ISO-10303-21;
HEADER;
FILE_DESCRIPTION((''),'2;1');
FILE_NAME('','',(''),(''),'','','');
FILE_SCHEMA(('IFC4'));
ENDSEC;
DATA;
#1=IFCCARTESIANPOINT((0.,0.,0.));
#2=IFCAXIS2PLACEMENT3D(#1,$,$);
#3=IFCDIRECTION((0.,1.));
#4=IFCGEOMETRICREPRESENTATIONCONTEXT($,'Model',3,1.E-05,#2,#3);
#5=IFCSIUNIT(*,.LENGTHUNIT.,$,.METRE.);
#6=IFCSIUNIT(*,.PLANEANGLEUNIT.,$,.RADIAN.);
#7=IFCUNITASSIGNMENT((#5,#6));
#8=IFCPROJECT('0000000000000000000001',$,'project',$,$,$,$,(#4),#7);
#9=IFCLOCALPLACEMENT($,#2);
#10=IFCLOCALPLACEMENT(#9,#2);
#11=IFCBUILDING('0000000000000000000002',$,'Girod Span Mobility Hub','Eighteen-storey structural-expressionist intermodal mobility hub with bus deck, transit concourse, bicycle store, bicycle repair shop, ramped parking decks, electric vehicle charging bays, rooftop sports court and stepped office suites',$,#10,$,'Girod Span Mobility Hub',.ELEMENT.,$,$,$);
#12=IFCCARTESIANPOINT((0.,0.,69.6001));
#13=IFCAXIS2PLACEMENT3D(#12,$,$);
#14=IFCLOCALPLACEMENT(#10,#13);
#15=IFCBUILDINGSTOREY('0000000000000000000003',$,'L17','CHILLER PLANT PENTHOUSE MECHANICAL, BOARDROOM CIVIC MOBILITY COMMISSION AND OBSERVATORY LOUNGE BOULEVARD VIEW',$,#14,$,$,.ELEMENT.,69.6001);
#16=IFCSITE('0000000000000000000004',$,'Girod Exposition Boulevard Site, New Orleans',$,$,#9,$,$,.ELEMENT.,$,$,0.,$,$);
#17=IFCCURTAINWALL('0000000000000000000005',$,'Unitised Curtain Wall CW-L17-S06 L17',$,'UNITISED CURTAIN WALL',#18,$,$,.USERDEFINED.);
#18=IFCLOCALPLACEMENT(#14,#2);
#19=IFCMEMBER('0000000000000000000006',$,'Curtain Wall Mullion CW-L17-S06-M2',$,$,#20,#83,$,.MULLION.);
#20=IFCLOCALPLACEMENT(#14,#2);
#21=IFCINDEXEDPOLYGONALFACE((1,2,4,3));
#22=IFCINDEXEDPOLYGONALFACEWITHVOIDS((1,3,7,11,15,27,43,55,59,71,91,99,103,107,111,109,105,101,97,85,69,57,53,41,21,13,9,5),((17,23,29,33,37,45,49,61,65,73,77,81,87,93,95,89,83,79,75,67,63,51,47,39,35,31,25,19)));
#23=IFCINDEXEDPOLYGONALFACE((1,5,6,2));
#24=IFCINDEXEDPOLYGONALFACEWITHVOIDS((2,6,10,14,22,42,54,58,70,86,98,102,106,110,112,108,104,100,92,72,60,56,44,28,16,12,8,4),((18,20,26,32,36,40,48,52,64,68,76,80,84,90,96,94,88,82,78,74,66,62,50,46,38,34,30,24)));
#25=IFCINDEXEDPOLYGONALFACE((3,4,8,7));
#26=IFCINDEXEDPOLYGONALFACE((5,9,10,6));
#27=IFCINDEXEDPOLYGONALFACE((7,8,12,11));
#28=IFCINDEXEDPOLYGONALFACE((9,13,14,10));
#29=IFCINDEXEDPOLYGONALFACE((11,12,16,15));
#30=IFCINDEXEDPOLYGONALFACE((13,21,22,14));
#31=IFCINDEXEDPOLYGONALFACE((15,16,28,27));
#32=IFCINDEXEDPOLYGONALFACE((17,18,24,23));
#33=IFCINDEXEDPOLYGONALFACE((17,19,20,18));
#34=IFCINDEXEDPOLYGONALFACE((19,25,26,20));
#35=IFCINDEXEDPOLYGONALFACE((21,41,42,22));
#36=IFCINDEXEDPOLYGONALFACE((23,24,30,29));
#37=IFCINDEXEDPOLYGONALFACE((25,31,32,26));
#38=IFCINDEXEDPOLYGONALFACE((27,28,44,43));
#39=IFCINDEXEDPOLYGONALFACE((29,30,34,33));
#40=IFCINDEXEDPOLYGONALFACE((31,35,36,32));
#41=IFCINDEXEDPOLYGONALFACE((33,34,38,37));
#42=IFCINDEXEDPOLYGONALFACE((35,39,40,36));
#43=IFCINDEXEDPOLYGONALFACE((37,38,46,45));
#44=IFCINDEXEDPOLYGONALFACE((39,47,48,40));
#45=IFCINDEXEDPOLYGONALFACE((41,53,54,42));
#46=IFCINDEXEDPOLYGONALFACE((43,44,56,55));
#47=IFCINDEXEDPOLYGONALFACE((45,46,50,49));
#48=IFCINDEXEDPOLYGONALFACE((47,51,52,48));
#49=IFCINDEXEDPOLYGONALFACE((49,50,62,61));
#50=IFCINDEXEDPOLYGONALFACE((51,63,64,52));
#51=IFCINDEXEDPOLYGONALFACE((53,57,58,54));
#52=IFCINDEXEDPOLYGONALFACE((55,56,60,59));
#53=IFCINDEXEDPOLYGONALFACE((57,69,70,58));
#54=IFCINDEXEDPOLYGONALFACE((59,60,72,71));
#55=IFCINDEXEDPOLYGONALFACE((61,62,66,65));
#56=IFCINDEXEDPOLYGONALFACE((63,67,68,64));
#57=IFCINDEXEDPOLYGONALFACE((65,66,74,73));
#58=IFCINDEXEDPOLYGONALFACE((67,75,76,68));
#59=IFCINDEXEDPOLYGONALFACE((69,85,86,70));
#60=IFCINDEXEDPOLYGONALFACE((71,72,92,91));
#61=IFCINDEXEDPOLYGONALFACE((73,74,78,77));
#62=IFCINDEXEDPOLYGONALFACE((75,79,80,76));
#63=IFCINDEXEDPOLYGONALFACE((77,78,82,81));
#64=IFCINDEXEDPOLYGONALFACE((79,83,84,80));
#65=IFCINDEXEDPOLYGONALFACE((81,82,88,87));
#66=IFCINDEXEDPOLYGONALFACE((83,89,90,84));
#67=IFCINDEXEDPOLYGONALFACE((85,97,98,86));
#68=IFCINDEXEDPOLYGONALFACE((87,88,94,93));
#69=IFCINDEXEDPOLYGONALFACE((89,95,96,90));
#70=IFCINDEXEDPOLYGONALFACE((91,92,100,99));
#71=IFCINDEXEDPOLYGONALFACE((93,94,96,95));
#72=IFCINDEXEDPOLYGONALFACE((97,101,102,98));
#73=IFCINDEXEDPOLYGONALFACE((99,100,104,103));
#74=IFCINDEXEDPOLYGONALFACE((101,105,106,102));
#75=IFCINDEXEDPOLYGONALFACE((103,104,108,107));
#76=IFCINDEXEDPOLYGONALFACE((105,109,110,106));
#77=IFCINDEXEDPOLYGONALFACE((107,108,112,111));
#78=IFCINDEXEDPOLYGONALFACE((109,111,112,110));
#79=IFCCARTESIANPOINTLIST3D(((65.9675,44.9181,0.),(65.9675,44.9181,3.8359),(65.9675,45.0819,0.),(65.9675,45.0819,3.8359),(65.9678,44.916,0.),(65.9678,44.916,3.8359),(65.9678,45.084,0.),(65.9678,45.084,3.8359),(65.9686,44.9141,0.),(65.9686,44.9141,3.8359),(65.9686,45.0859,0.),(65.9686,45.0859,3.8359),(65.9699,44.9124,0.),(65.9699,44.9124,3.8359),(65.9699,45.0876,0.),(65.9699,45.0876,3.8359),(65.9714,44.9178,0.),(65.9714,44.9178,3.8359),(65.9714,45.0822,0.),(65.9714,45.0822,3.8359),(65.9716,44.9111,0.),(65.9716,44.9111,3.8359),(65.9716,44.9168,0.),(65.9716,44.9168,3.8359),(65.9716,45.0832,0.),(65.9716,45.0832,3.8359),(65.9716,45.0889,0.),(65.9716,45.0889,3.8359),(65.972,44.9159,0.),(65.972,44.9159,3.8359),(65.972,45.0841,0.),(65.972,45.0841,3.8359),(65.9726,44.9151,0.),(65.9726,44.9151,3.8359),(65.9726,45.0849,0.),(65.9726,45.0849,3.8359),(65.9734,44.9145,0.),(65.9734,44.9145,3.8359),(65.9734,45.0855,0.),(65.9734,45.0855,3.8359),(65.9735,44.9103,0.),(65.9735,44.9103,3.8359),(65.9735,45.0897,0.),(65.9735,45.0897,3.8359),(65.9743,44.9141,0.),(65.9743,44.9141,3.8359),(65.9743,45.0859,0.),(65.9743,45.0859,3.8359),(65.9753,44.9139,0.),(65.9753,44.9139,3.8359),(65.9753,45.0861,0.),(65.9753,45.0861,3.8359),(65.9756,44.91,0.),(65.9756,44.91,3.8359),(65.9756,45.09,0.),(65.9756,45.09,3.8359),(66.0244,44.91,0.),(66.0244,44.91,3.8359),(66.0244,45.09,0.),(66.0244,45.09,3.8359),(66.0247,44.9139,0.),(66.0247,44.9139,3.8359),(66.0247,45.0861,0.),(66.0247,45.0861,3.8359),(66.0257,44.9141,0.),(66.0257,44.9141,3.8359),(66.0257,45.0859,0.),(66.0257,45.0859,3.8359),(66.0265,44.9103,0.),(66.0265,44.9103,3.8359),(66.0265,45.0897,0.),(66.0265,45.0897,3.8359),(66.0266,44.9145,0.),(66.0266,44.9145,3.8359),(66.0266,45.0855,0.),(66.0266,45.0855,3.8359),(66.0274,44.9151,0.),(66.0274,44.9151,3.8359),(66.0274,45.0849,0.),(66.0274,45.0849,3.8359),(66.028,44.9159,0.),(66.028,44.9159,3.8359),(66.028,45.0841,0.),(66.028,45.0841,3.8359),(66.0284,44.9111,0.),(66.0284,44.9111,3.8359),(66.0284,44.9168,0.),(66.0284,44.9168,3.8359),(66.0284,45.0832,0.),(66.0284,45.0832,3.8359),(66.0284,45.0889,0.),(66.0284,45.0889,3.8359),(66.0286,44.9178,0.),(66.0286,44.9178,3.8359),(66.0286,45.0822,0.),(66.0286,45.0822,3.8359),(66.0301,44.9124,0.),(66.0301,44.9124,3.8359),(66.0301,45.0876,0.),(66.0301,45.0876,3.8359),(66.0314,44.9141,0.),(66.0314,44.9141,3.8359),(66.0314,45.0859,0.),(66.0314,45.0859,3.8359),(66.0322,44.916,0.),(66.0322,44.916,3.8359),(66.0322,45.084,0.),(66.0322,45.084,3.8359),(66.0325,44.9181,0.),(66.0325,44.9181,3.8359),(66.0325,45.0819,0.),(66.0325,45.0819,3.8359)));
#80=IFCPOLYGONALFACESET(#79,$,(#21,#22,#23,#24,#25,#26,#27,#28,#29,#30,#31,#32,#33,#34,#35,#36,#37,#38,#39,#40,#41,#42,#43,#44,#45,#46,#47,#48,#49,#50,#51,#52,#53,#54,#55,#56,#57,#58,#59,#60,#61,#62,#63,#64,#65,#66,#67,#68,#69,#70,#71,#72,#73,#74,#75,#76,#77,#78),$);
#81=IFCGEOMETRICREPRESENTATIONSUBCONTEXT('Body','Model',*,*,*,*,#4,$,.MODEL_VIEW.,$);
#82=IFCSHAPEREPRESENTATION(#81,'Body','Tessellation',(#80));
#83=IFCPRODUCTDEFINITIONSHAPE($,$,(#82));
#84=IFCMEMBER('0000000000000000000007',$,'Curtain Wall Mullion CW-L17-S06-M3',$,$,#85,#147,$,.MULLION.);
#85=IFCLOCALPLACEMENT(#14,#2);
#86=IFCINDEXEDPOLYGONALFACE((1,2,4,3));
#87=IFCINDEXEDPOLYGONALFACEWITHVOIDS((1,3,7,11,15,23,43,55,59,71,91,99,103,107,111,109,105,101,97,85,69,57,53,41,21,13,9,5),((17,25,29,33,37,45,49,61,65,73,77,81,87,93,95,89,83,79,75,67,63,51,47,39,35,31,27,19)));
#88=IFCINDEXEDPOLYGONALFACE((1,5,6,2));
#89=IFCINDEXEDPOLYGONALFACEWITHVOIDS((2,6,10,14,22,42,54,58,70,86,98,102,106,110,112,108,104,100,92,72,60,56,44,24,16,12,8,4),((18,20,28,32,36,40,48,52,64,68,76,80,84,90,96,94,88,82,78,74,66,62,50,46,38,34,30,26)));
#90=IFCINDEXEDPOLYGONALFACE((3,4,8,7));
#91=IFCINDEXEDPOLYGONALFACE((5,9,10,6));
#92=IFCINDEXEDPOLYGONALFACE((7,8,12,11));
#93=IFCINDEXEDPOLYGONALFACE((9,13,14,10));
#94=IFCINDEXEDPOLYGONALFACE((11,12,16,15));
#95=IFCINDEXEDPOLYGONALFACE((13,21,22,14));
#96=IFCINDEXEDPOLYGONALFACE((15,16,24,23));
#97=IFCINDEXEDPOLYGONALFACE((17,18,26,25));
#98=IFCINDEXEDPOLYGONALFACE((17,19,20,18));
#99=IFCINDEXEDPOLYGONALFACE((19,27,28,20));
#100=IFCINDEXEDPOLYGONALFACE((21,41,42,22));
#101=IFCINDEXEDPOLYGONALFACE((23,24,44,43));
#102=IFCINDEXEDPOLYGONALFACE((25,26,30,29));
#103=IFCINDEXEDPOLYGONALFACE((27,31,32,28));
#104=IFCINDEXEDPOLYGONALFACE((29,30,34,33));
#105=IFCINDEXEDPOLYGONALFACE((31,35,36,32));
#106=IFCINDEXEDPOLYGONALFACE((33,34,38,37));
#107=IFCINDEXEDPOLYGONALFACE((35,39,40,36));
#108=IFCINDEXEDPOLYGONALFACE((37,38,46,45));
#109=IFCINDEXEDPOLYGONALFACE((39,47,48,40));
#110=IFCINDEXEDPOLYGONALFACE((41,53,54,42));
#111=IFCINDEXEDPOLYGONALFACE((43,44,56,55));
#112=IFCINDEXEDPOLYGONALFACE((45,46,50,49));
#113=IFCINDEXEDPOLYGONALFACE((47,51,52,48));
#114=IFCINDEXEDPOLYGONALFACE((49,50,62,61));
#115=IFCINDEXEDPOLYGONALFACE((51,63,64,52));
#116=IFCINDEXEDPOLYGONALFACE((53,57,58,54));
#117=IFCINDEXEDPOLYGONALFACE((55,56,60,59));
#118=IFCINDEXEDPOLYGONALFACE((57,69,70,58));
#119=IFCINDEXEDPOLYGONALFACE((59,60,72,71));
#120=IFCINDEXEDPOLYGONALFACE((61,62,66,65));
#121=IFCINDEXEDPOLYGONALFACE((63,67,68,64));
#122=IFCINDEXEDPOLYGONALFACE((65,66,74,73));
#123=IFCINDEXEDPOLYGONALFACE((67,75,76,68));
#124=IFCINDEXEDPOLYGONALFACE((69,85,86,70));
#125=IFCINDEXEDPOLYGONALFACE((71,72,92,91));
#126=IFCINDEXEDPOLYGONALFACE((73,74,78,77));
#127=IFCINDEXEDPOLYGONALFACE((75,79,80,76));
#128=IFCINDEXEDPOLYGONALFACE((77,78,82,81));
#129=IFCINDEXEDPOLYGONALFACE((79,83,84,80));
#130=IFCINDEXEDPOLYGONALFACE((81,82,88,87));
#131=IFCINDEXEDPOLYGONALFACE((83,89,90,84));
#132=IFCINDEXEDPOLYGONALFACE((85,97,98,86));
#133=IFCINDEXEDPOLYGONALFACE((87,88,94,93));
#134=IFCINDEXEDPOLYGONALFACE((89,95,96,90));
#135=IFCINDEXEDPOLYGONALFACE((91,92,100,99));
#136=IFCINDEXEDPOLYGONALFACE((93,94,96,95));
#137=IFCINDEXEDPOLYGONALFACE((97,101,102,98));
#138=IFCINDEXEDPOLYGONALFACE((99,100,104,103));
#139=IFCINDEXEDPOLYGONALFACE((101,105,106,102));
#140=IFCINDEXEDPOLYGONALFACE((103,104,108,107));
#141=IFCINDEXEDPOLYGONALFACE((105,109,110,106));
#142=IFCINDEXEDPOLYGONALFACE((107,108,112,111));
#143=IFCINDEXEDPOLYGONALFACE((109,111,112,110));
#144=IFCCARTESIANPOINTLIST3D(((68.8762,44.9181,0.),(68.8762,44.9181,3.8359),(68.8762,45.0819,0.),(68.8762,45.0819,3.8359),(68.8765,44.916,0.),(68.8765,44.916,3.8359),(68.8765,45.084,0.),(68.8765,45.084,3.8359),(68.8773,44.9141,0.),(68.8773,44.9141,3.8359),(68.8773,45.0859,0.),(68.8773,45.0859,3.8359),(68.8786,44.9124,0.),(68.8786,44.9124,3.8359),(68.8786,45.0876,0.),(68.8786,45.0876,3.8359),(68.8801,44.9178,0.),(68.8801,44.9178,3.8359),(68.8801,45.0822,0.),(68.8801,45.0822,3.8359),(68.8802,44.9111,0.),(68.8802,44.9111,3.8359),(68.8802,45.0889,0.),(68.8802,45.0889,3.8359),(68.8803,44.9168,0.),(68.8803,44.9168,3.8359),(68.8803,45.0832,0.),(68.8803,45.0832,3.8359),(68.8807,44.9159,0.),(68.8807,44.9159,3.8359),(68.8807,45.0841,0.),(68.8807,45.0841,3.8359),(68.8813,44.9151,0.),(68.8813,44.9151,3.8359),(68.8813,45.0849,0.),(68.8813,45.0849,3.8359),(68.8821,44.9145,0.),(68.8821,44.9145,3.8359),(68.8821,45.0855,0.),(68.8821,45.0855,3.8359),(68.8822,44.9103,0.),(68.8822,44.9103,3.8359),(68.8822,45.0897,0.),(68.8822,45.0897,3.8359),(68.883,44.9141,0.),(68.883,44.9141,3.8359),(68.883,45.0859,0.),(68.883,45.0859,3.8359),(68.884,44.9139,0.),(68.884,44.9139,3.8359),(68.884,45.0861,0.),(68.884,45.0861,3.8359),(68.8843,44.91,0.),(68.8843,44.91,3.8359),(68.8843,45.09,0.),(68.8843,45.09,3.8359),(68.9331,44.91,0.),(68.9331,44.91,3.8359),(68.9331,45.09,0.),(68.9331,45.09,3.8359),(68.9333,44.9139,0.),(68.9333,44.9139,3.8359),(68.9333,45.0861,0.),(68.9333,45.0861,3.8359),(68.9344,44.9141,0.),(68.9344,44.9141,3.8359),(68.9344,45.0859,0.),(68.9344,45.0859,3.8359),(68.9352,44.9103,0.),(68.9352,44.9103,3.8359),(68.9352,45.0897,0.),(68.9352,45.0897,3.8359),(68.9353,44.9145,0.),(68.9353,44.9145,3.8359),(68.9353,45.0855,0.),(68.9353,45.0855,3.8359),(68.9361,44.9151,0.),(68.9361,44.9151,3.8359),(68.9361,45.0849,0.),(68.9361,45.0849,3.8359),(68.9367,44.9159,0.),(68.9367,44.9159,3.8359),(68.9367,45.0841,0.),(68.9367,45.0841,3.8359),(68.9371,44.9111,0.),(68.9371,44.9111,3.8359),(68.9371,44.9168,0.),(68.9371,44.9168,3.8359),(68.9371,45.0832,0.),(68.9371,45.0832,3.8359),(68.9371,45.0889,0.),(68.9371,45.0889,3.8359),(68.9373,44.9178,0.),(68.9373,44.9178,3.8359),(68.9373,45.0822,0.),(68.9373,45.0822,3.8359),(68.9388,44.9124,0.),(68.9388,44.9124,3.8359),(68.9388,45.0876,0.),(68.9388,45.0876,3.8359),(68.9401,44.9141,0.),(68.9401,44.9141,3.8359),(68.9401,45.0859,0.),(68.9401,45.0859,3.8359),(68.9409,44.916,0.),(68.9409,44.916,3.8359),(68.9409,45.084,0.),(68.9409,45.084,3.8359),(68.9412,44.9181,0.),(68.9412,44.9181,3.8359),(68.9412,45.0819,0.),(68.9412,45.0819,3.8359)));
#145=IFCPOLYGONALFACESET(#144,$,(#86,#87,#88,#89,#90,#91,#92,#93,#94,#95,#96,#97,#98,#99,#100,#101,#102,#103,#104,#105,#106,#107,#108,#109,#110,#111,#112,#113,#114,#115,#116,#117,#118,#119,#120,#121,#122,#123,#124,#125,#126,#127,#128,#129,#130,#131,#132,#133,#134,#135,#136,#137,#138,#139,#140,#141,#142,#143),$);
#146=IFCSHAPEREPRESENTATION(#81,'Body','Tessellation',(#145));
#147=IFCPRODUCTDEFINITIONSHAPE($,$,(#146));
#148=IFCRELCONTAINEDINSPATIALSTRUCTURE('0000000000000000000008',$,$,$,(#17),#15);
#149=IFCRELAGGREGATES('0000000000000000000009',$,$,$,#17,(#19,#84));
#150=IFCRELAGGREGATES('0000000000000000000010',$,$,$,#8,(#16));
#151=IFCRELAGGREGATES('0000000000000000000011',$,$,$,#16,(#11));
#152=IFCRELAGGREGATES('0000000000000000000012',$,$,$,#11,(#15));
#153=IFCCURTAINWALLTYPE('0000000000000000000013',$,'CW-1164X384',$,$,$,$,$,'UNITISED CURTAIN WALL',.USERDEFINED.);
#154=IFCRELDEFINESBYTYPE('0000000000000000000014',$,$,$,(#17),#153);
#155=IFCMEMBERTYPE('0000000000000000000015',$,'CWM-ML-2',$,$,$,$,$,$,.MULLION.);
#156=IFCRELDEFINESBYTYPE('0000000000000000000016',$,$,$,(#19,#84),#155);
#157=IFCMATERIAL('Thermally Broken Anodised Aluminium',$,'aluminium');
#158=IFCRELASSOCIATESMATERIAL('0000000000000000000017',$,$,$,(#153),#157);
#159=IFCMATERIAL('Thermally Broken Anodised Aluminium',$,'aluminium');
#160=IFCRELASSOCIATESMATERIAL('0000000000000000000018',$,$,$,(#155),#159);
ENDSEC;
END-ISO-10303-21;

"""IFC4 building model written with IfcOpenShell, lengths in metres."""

from ifc_helpers import new_model, si_unit, direction, frame, origin, origin_2d, place, context, subcontext, project, spatial, hollow_rectangle, extrude, material, material_profile, profile_set, type_object, element, aggregate, save


model = new_model("IFC4")

# Units and contexts
model_context = context("Model", 3, precision=1e-05, world=origin(), true_north=direction((0.0, 1.0)))
body_context = subcontext(model_context, "Body", "Model", "MODEL_VIEW")
ifc_project = project(units=[si_unit("LENGTHUNIT", "METRE"), si_unit("PLANEANGLEUNIT", "RADIAN")], contexts=[model_context])

# Site, building, storey
site_placement = place(None, origin())
site = spatial("IfcSite", under=ifc_project, at=site_placement, Name="Girod Exposition Boulevard Site, New Orleans", CompositionType="ELEMENT", RefElevation=0.0)
building_placement = place(site_placement, origin())
building = spatial("IfcBuilding", under=site, at=building_placement, Name="Girod Span Mobility Hub", Description="Eighteen-storey structural-expressionist intermodal mobility hub with bus deck, transit concourse, bicycle store, bicycle repair shop, ramped parking decks, electric vehicle charging bays, rooftop sports court and stepped office suites", LongName="Girod Span Mobility Hub", CompositionType="ELEMENT")
storey_placement = place(building_placement, frame((0.0, 0.0, 69.6001)))
storey = spatial("IfcBuildingStorey", under=building, at=storey_placement, Name="L17", Description="CHILLER PLANT PENTHOUSE MECHANICAL, BOARDROOM CIVIC MOBILITY COMMISSION AND OBSERVATORY LOUNGE BOULEVARD VIEW", CompositionType="ELEMENT", Elevation=69.6001)

# Curtain wall, members
ifc_material_1 = material(Name="Thermally Broken Anodised Aluminium", Category="aluminium")
curtain_wall_type = type_object("IfcCurtainWallType", Name="CW-1164X384", ElementType="UNITISED CURTAIN WALL", PredefinedType="USERDEFINED", material=ifc_material_1)
curtain_wall_1_placement = place(storey_placement, origin())
curtain_wall_1 = element("IfcCurtainWall", 1, at=curtain_wall_1_placement, inside=storey, type_object=curtain_wall_type, Name="Unitised Curtain Wall CW-L17-S06 L17", ObjectType="UNITISED CURTAIN WALL", PredefinedType="USERDEFINED")
ifc_material_2 = material(Name="Thermally Broken Anodised Aluminium", Category="aluminium")
ifc_material_profile_1 = material_profile(ifc_material_2, hollow_rectangle(XDim=0.1799, YDim=0.0649, WallThickness=0.0039, InnerFilletRadius=0.0039, OuterFilletRadius=0.0081, at=origin_2d()), Name="CW-ML-65X180")
ifc_profile_set_1 = profile_set([ifc_material_profile_1], Name="Thermally Broken Anodised Aluminium")
member_type_1 = type_object("IfcMemberType", Name="CWM-ML-2", PredefinedType="MULLION", material=ifc_profile_set_1)
member_1_placement = place(storey_placement, frame((66.0, 45.0, 0.0), z_axis=(0.0, 0.0, 1.0), x_axis=(0.0, 1.0, 0.0)))
member_1 = element("IfcMember", 2, at=member_1_placement, type_object=member_type_1, Name="Curtain Wall Mullion CW-L17-S06-M2", PredefinedType="MULLION", context=body_context, shape_type="SweptSolid", body=[
    extrude(hollow_rectangle(XDim=0.1799, YDim=0.0649, WallThickness=0.0039, InnerFilletRadius=0.0039, OuterFilletRadius=0.0081, at=origin_2d()), origin(), (0.0, 0.0, 1.0), 3.8359),
])
member_2_placement = place(storey_placement, frame((68.9087, 45.0, 0.0), z_axis=(0.0, 0.0, 1.0), x_axis=(0.0, 1.0, 0.0)))
member_2 = element("IfcMember", 3, at=member_2_placement, type_object=member_type_1, Name="Curtain Wall Mullion CW-L17-S06-M3", PredefinedType="MULLION", context=body_context, shape_type="SweptSolid", body=[
    extrude(hollow_rectangle(XDim=0.1799, YDim=0.0649, WallThickness=0.0039, InnerFilletRadius=0.0039, OuterFilletRadius=0.0081, at=origin_2d()), origin(), (0.0, 0.0, 1.0), 3.8359),
])

aggregate(curtain_wall_1, [member_1, member_2])

save(model, "model.ifc")
